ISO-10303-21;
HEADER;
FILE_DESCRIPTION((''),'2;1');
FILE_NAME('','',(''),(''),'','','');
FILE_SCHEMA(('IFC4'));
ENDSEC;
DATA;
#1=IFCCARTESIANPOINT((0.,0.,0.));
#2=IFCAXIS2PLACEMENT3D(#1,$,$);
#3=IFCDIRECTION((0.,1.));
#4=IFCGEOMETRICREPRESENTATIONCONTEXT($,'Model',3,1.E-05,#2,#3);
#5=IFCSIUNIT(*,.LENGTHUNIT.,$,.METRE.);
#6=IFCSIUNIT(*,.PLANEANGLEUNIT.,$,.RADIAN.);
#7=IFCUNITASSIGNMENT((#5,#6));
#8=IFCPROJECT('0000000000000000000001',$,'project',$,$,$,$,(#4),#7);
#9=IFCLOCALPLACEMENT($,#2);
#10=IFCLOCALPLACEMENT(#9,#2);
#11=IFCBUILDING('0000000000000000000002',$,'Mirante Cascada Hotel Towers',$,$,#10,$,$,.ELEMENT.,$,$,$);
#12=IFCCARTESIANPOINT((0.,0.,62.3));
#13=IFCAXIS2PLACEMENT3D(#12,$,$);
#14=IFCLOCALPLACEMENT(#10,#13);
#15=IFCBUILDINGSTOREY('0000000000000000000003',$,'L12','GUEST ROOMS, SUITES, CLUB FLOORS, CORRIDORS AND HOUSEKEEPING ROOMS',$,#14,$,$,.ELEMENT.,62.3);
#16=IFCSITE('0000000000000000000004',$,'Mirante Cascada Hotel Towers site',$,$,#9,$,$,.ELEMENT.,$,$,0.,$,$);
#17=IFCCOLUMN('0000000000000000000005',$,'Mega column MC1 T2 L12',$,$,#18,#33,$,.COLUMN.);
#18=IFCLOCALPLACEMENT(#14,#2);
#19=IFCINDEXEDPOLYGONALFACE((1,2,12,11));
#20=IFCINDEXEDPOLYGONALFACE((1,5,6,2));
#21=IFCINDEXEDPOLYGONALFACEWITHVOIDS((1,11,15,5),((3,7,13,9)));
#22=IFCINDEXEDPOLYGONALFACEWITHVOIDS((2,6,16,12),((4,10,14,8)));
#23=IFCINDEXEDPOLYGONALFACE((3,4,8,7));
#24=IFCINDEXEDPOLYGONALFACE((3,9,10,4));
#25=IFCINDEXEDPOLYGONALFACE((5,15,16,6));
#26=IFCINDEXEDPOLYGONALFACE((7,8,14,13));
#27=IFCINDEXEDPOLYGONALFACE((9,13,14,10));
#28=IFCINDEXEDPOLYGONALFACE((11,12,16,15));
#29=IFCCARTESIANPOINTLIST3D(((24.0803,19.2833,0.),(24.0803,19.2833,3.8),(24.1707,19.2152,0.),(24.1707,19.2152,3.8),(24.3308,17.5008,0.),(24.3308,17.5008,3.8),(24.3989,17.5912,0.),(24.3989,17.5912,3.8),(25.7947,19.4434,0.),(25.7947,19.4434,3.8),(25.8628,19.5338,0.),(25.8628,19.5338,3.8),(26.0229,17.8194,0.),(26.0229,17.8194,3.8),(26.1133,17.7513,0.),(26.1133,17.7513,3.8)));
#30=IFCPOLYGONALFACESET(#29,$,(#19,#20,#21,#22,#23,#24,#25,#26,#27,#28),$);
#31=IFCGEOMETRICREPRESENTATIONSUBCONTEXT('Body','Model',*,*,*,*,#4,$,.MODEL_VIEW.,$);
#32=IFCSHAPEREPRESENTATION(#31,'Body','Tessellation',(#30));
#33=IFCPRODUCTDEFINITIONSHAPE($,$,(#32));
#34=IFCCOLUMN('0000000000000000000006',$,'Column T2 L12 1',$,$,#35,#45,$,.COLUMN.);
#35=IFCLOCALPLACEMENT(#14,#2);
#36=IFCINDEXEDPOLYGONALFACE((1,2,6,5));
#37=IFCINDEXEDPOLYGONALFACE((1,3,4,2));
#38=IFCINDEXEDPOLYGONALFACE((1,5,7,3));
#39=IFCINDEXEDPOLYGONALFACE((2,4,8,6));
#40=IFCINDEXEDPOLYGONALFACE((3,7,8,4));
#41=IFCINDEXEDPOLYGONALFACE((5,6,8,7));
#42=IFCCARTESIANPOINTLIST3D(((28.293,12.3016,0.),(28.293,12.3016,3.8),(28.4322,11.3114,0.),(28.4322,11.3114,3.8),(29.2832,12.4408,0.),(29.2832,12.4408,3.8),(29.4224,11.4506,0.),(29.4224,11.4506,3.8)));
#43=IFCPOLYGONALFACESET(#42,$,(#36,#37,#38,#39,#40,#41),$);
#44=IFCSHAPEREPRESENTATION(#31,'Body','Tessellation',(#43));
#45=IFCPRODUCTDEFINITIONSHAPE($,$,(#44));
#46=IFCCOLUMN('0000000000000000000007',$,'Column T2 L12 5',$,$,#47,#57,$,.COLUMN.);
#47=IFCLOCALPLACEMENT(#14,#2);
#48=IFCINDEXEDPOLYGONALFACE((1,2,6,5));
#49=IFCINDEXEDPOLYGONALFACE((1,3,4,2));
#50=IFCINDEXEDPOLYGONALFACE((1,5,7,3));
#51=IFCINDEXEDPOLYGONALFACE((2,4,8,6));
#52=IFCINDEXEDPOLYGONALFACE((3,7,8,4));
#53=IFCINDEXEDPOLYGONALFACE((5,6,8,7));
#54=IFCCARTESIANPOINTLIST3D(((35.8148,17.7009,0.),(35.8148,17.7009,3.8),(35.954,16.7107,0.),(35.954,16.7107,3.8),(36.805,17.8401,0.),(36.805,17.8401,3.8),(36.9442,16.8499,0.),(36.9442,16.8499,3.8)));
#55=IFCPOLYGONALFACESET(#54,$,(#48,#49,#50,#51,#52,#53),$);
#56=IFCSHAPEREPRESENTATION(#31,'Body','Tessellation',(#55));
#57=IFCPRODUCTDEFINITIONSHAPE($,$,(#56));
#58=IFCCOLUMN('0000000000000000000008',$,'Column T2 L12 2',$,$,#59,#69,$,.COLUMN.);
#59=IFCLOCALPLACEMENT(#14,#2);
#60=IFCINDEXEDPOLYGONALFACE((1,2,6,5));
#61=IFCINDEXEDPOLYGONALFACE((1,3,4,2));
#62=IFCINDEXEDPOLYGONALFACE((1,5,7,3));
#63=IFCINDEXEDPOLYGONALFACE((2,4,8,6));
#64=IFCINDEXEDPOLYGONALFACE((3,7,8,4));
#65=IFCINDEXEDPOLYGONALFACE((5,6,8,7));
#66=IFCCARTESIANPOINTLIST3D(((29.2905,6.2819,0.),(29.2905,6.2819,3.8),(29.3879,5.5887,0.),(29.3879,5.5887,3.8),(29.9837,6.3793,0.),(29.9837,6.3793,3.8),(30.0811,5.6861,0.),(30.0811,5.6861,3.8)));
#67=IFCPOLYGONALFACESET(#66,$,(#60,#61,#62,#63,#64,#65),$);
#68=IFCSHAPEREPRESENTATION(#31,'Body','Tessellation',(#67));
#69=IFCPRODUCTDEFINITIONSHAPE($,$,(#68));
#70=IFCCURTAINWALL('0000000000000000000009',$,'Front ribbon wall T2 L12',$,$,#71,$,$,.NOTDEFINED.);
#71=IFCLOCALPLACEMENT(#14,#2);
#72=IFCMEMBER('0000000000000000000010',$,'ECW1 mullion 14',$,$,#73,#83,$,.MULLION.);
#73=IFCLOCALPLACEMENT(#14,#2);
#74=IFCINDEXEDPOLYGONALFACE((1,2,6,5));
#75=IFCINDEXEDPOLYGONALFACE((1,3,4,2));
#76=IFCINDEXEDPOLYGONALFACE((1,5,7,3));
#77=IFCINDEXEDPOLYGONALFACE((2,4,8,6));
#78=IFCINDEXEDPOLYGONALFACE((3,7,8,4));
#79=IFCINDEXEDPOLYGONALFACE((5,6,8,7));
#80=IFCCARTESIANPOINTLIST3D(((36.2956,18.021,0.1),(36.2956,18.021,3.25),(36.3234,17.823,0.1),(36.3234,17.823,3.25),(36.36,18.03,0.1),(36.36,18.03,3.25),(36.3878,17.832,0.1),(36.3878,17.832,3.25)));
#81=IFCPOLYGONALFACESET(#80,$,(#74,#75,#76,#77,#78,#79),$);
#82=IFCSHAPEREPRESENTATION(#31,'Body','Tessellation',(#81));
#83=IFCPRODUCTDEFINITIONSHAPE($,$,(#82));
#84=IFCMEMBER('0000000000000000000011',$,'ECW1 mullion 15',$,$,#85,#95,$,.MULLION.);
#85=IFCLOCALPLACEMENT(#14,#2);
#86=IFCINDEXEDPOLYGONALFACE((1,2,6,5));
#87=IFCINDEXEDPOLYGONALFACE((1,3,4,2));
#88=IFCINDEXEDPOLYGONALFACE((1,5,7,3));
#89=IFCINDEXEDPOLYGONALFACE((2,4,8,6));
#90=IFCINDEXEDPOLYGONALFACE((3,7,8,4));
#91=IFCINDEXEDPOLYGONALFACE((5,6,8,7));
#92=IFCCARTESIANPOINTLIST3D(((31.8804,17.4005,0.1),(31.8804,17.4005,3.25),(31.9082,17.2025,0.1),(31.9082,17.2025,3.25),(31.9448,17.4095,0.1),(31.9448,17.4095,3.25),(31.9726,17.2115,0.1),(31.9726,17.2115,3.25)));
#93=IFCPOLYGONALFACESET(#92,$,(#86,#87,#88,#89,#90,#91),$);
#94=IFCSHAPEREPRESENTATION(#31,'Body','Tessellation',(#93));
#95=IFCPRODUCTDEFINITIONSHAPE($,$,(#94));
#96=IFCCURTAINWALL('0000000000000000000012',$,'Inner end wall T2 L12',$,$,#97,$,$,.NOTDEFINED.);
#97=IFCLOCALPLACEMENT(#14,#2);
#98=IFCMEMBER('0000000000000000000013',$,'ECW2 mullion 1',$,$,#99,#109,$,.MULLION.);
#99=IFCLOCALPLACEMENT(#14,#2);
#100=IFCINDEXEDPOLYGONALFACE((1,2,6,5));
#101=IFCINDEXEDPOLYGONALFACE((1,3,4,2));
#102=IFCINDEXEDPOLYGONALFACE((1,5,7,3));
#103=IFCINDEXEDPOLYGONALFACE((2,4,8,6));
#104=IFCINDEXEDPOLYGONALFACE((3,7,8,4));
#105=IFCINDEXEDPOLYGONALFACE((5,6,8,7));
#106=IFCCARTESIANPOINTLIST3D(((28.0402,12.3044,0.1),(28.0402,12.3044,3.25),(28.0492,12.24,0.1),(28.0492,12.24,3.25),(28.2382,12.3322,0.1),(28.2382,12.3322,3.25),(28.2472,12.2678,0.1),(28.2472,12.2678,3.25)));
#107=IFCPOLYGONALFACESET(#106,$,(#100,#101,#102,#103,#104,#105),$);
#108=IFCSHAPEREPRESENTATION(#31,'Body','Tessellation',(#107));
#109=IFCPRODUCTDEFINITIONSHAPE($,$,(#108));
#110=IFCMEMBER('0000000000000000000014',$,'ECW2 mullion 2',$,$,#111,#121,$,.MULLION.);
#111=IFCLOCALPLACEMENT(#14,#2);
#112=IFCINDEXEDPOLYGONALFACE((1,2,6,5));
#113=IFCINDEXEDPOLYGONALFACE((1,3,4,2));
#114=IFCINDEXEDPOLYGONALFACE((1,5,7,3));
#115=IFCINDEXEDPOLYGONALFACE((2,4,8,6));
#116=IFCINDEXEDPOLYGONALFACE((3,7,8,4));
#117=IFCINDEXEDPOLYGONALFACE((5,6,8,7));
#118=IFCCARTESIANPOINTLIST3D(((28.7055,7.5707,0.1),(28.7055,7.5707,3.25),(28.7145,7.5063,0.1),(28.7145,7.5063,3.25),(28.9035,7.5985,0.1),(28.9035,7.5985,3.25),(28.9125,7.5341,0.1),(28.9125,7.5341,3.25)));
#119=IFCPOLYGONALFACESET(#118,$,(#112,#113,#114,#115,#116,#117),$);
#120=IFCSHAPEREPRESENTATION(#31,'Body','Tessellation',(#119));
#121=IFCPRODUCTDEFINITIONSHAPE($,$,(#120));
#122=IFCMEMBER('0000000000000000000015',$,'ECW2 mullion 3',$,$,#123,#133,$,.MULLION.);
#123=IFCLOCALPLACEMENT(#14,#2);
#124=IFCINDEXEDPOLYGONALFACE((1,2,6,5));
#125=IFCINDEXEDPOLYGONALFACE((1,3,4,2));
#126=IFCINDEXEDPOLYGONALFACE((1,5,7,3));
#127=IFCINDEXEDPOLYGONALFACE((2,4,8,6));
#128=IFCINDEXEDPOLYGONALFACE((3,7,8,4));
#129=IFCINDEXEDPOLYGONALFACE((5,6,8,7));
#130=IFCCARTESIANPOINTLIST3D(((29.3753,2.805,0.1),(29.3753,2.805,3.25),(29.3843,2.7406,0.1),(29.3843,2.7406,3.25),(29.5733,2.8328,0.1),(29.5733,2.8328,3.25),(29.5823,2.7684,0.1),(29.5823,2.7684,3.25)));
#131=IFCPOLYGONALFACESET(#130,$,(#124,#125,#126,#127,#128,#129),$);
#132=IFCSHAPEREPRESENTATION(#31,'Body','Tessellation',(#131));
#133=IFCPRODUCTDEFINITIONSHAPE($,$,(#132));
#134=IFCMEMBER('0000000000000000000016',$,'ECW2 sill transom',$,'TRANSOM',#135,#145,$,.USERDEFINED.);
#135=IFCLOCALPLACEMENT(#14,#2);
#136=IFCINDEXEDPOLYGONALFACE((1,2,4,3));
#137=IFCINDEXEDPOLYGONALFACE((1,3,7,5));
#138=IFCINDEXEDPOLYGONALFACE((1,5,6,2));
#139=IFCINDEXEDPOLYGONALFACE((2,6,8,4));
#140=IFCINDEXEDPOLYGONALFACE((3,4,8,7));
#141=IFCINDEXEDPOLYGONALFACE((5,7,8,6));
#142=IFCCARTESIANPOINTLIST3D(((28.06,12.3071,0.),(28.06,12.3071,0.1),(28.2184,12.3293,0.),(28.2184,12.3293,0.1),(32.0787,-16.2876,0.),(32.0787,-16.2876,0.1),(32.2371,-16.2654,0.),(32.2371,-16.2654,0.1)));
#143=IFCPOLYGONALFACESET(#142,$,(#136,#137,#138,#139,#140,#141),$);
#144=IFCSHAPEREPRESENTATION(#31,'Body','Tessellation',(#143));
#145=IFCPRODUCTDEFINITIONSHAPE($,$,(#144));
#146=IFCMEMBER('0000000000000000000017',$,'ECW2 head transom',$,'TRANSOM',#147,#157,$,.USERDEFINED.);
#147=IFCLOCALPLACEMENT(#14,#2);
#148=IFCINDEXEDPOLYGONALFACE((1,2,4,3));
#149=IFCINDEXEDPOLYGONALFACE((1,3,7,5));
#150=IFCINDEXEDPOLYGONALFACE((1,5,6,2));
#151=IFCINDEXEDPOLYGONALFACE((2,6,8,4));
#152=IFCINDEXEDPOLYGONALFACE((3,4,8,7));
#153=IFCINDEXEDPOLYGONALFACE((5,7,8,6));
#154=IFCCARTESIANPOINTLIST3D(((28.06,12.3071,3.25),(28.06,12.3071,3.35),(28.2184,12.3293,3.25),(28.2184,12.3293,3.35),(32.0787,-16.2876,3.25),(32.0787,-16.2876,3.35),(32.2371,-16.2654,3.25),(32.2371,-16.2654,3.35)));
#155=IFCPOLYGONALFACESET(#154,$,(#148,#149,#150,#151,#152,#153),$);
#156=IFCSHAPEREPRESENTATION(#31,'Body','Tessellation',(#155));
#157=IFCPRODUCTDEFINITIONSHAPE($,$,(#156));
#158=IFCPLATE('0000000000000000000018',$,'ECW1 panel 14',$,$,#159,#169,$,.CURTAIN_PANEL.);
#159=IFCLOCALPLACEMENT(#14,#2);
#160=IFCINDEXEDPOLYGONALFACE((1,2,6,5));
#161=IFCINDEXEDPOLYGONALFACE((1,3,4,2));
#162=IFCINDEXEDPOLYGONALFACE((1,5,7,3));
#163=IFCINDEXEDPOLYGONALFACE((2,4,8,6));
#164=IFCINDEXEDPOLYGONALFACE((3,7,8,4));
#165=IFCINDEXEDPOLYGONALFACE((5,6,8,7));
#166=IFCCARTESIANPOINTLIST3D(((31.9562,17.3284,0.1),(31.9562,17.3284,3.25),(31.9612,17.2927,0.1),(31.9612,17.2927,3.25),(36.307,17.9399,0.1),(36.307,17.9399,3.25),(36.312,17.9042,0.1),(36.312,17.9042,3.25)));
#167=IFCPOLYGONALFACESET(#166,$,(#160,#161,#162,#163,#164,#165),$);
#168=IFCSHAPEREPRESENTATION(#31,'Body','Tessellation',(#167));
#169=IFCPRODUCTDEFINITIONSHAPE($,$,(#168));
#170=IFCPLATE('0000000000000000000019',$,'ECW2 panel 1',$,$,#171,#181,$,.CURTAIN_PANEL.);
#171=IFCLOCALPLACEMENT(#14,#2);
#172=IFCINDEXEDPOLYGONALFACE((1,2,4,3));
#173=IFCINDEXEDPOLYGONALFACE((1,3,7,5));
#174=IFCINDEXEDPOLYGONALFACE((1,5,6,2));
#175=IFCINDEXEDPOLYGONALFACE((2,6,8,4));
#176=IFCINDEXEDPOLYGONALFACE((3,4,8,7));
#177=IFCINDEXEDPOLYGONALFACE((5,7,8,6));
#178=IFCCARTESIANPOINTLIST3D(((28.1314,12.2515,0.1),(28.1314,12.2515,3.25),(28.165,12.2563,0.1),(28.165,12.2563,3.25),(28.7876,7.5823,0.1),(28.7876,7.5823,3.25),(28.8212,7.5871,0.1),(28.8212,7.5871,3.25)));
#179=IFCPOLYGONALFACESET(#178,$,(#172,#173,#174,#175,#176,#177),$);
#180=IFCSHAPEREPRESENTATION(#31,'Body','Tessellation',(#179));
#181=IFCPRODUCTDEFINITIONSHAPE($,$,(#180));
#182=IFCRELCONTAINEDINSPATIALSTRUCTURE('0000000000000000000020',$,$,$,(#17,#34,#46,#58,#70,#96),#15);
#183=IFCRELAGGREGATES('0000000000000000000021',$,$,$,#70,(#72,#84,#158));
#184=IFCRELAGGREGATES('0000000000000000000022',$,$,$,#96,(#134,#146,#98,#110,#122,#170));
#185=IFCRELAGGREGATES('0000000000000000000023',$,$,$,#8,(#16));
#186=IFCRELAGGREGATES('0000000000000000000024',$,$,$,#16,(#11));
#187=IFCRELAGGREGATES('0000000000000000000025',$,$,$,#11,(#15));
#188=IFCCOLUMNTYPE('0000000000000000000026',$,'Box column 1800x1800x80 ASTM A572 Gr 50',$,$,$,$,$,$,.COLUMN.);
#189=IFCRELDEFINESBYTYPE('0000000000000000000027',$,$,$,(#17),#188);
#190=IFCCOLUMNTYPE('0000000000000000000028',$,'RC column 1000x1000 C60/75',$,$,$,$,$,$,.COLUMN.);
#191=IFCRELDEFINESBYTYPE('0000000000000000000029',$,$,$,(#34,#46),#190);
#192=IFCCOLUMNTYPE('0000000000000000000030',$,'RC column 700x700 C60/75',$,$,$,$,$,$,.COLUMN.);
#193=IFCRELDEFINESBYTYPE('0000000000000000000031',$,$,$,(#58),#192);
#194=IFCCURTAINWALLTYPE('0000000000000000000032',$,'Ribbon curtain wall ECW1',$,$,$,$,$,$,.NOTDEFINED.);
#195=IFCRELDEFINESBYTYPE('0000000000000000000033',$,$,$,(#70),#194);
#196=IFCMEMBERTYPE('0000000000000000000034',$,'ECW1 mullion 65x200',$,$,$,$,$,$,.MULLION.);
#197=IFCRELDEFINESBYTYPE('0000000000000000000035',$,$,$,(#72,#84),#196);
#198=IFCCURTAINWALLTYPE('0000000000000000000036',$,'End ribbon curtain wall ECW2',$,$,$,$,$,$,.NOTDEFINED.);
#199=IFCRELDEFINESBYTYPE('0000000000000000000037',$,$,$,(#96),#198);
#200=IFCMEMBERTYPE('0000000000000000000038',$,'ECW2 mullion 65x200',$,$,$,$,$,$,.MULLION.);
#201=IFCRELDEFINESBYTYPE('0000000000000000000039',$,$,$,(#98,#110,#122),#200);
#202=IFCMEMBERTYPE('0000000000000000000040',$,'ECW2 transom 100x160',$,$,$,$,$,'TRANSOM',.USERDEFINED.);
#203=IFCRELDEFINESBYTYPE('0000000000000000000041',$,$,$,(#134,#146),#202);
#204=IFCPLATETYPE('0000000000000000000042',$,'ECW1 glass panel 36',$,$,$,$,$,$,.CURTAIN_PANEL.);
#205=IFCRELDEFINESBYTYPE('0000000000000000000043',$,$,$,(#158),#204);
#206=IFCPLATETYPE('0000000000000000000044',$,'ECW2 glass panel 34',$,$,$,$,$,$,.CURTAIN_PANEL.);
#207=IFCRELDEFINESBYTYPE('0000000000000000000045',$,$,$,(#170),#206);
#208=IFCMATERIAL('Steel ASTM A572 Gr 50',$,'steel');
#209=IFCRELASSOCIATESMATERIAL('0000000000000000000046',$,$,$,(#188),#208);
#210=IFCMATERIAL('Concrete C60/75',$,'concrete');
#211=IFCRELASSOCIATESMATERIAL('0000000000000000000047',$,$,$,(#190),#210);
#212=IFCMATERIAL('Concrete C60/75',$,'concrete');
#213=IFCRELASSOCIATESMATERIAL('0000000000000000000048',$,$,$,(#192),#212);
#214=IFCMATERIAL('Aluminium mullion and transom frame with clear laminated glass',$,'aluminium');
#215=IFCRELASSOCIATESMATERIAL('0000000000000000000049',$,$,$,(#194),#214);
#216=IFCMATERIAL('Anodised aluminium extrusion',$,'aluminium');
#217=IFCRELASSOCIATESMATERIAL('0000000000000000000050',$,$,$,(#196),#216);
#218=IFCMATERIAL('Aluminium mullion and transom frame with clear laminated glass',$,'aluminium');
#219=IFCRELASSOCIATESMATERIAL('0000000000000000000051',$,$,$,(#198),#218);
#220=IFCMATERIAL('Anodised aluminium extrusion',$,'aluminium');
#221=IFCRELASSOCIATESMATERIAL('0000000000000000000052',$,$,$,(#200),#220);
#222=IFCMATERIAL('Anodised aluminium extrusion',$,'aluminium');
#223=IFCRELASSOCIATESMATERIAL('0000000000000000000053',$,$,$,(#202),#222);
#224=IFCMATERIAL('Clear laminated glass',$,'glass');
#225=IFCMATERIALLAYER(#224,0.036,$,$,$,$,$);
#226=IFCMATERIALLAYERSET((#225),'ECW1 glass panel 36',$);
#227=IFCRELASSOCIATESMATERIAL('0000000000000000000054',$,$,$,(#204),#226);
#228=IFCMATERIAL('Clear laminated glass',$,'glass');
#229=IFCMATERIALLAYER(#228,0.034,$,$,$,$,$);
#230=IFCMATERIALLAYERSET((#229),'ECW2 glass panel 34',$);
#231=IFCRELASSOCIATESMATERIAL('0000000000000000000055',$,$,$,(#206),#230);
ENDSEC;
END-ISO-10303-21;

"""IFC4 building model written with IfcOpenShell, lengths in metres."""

from ifc_helpers import new_model, si_unit, direction, frame, origin, origin_2d, place, context, subcontext, project, spatial, rectangle, hollow_rectangle, extrude, material, layer, layer_set, material_profile, profile_set, type_object, element, aggregate, save


model = new_model("IFC4")

# Units and contexts
model_context = context("Model", 3, precision=1e-05, world=origin(), true_north=direction((0.0, 1.0)))
body_context = subcontext(model_context, "Body", "Model", "MODEL_VIEW")
ifc_project = project(units=[si_unit("LENGTHUNIT", "METRE"), si_unit("PLANEANGLEUNIT", "RADIAN")], contexts=[model_context])

# Site, building, storey
site_placement = place(None, origin())
site = spatial("IfcSite", under=ifc_project, at=site_placement, Name="Mirante Cascada Hotel Towers site", CompositionType="ELEMENT", RefElevation=0.0)
building_placement = place(site_placement, origin())
building = spatial("IfcBuilding", under=site, at=building_placement, Name="Mirante Cascada Hotel Towers", CompositionType="ELEMENT")
storey_placement = place(building_placement, frame((0.0, 0.0, 62.3)))
storey = spatial("IfcBuildingStorey", under=building, at=storey_placement, Name="L12", Description="GUEST ROOMS, SUITES, CLUB FLOORS, CORRIDORS AND HOUSEKEEPING ROOMS", CompositionType="ELEMENT", Elevation=62.3)

# Columns
ifc_material_1 = material(Name="Steel ASTM A572 Gr 50", Category="steel")
ifc_material_profile_1 = material_profile(ifc_material_1, hollow_rectangle(XDim=1.8, YDim=1.8, WallThickness=0.08, at=origin_2d()), Name="Box column 1800x1800x80 ASTM A572 Gr 50")
ifc_profile_set_1 = profile_set([ifc_material_profile_1], Name="Steel ASTM A572 Gr 50")
column_type_1 = type_object("IfcColumnType", Name="Box column 1800x1800x80 ASTM A572 Gr 50", PredefinedType="COLUMN", material=ifc_profile_set_1)
column_1_placement = place(storey_placement, frame((25.0968, 18.5173, 0.0), z_axis=(0.0, 0.0, 1.0), x_axis=(0.990268, 0.139173, 0.0)))
element("IfcColumn", 1, at=column_1_placement, inside=storey, type_object=column_type_1, Name="Mega column MC1 T2 L12", PredefinedType="COLUMN", context=body_context, shape_type="SweptSolid", body=[
    extrude(hollow_rectangle(XDim=1.8, YDim=1.8, WallThickness=0.08, at=origin_2d()), origin(), (0.0, 0.0, 1.0), 3.8),
])
ifc_material_2 = material(Name="Concrete C60/75", Category="concrete")
ifc_material_profile_2 = material_profile(ifc_material_2, rectangle(XDim=1.0, YDim=1.0, at=origin_2d()), Name="RC column 1000x1000 C60/75")
ifc_profile_set_2 = profile_set([ifc_material_profile_2], Name="Concrete C60/75")
column_type_2 = type_object("IfcColumnType", Name="RC column 1000x1000 C60/75", PredefinedType="COLUMN", material=ifc_profile_set_2)
for number, where, z_axis, x_axis, name in (
    (2, (28.8577, 11.8761, 0.0), (0.0, 0.0, 1.0), (0.990268, 0.139173, 0.0), "Column T2 L12 1"),
    (3, (36.3795, 17.2754, 0.0), (0.0, 0.0, 1.0), (0.990268, 0.139173, 0.0), "Column T2 L12 5"),
):
    element("IfcColumn", number, at=place(storey_placement, frame(where, z_axis=z_axis, x_axis=x_axis)), inside=storey, type_object=column_type_2, Name=name, PredefinedType="COLUMN", context=body_context, shape_type="SweptSolid", body=[
        extrude(rectangle(XDim=1.0, YDim=1.0, at=origin_2d()), origin(), (0.0, 0.0, 1.0), 3.8),
    ])
ifc_material_3 = material(Name="Concrete C60/75", Category="concrete")
ifc_material_profile_3 = material_profile(ifc_material_3, rectangle(XDim=0.7, YDim=0.7, at=origin_2d()), Name="RC column 700x700 C60/75")
ifc_profile_set_3 = profile_set([ifc_material_profile_3], Name="Concrete C60/75")
column_type_3 = type_object("IfcColumnType", Name="RC column 700x700 C60/75", PredefinedType="COLUMN", material=ifc_profile_set_3)
column_2_placement = place(storey_placement, frame((29.6858, 5.984, 0.0), z_axis=(0.0, 0.0, 1.0), x_axis=(0.990268, 0.139173, 0.0)))
element("IfcColumn", 4, at=column_2_placement, inside=storey, type_object=column_type_3, Name="Column T2 L12 2", PredefinedType="COLUMN", context=body_context, shape_type="SweptSolid", body=[
    extrude(rectangle(XDim=0.7, YDim=0.7, at=origin_2d()), origin(), (0.0, 0.0, 1.0), 3.8),
])

# Curtain walls, members
ifc_material_4 = material(Name="Aluminium mullion and transom frame with clear laminated glass", Category="aluminium")
curtain_wall_type_1 = type_object("IfcCurtainWallType", Name="Ribbon curtain wall ECW1", PredefinedType="NOTDEFINED", material=ifc_material_4)
curtain_wall_1_placement = place(storey_placement, origin())
curtain_wall_1 = element("IfcCurtainWall", 5, at=curtain_wall_1_placement, inside=storey, type_object=curtain_wall_type_1, Name="Front ribbon wall T2 L12", PredefinedType="NOTDEFINED")
ifc_material_5 = material(Name="Anodised aluminium extrusion", Category="aluminium")
ifc_material_profile_4 = material_profile(ifc_material_5, rectangle(XDim=0.2, YDim=0.065, at=origin_2d()), Name="ECW1 MULLION 65x200")
ifc_profile_set_4 = profile_set([ifc_material_profile_4], Name="Anodised aluminium extrusion")
member_type_1 = type_object("IfcMemberType", Name="ECW1 mullion 65x200", PredefinedType="MULLION", material=ifc_profile_set_4)
member_1_placement = place(storey_placement, frame((36.3417, 17.9265, 0.1), z_axis=(0.0, 0.0, 1.0), x_axis=(0.139173, -0.990268, 0.0)))
member_1 = element("IfcMember", 6, at=member_1_placement, type_object=member_type_1, Name="ECW1 mullion 14", PredefinedType="MULLION", context=body_context, shape_type="SweptSolid", body=[
    extrude(rectangle(XDim=0.2, YDim=0.065, at=origin_2d()), origin(), (0.0, 0.0, 1.0), 3.15),
])
member_2_placement = place(storey_placement, frame((31.9265, 17.306, 0.1), z_axis=(0.0, 0.0, 1.0), x_axis=(0.139173, -0.990268, 0.0)))
member_2 = element("IfcMember", 7, at=member_2_placement, type_object=member_type_1, Name="ECW1 mullion 15", PredefinedType="MULLION", context=body_context, shape_type="SweptSolid", body=[
    extrude(rectangle(XDim=0.2, YDim=0.065, at=origin_2d()), origin(), (0.0, 0.0, 1.0), 3.15),
])
ifc_material_6 = material(Name="Aluminium mullion and transom frame with clear laminated glass", Category="aluminium")
curtain_wall_type_2 = type_object("IfcCurtainWallType", Name="End ribbon curtain wall ECW2", PredefinedType="NOTDEFINED", material=ifc_material_6)
curtain_wall_2_placement = place(storey_placement, origin())
curtain_wall_2 = element("IfcCurtainWall", 8, at=curtain_wall_2_placement, inside=storey, type_object=curtain_wall_type_2, Name="Inner end wall T2 L12", PredefinedType="NOTDEFINED")
ifc_material_7 = material(Name="Anodised aluminium extrusion", Category="aluminium")
ifc_material_profile_5 = material_profile(ifc_material_7, rectangle(XDim=0.2, YDim=0.065, at=origin_2d()), Name="ECW2 MULLION 65x200")
ifc_profile_set_5 = profile_set([ifc_material_profile_5], Name="Anodised aluminium extrusion")
member_type_2 = type_object("IfcMemberType", Name="ECW2 mullion 65x200", PredefinedType="MULLION", material=ifc_profile_set_5)
member_3_placement = place(storey_placement, frame((28.1437, 12.2861, 0.1), z_axis=(0.0, 0.0, 1.0), x_axis=(0.990268, 0.139173, 0.0)))
member_3 = element("IfcMember", 9, at=member_3_placement, type_object=member_type_2, Name="ECW2 mullion 1", PredefinedType="MULLION", context=body_context, shape_type="SweptSolid", body=[
    extrude(rectangle(XDim=0.2, YDim=0.065, at=origin_2d()), origin(), (0.0, 0.0, 1.0), 3.15),
])
member_4_placement = place(storey_placement, frame((28.809, 7.5524, 0.1), z_axis=(0.0, 0.0, 1.0), x_axis=(0.990268, 0.139173, 0.0)))
member_4 = element("IfcMember", 10, at=member_4_placement, type_object=member_type_2, Name="ECW2 mullion 2", PredefinedType="MULLION", context=body_context, shape_type="SweptSolid", body=[
    extrude(rectangle(XDim=0.2, YDim=0.065, at=origin_2d()), origin(), (0.0, 0.0, 1.0), 3.15),
])
member_5_placement = place(storey_placement, frame((29.4788, 2.7867, 0.1), z_axis=(0.0, 0.0, 1.0), x_axis=(0.990268, 0.139173, 0.0)))
member_5 = element("IfcMember", 11, at=member_5_placement, type_object=member_type_2, Name="ECW2 mullion 3", PredefinedType="MULLION", context=body_context, shape_type="SweptSolid", body=[
    extrude(rectangle(XDim=0.2, YDim=0.065, at=origin_2d()), origin(), (0.0, 0.0, 1.0), 3.15),
])
ifc_material_8 = material(Name="Anodised aluminium extrusion", Category="aluminium")
ifc_material_profile_6 = material_profile(ifc_material_8, rectangle(XDim=0.16, YDim=0.1, at=origin_2d()), Name="ECW2 TRANSOM 100x160")
ifc_profile_set_6 = profile_set([ifc_material_profile_6], Name="Anodised aluminium extrusion")
member_type_3 = type_object("IfcMemberType", Name="ECW2 transom 100x160", ElementType="TRANSOM", PredefinedType="USERDEFINED", material=ifc_profile_set_6)
member_6_placement = place(storey_placement, frame((28.1392, 12.3182, 0.05), z_axis=(0.139172, -0.990268, 0.0), x_axis=(0.990268, 0.139172, 0.0)))
member_6 = element("IfcMember", 12, at=member_6_placement, type_object=member_type_3, Name="ECW2 sill transom", ObjectType="TRANSOM", PredefinedType="USERDEFINED", context=body_context, shape_type="SweptSolid", body=[
    extrude(rectangle(XDim=0.16, YDim=0.1, at=origin_2d()), origin(), (0.0, 0.0, 1.0), 28.8757),
])
member_7_placement = place(storey_placement, frame((28.1392, 12.3182, 3.3), z_axis=(0.139172, -0.990268, 0.0), x_axis=(0.990268, 0.139172, 0.0)))
member_7 = element("IfcMember", 13, at=member_7_placement, type_object=member_type_3, Name="ECW2 head transom", ObjectType="TRANSOM", PredefinedType="USERDEFINED", context=body_context, shape_type="SweptSolid", body=[
    extrude(rectangle(XDim=0.16, YDim=0.1, at=origin_2d()), origin(), (0.0, 0.0, 1.0), 28.8757),
])

# Plates
ifc_material_9 = material(Name="Clear laminated glass", Category="glass")
ifc_layer_1 = layer(ifc_material_9, 0.036)
ifc_layer_set_1 = layer_set([ifc_layer_1], Name="ECW1 glass panel 36")
plate_type_1 = type_object("IfcPlateType", Name="ECW1 glass panel 36", PredefinedType="CURTAIN_PANEL", material=ifc_layer_set_1)
plate_1_placement = place(storey_placement, frame((34.1341, 17.6163, 0.1), z_axis=(0.0, 0.0, 1.0), x_axis=(-0.990268, -0.139173, 0.0)))
plate_1 = element("IfcPlate", 14, at=plate_1_placement, type_object=plate_type_1, Name="ECW1 panel 14", PredefinedType="CURTAIN_PANEL", context=body_context, shape_type="SweptSolid", body=[
    extrude(rectangle(XDim=4.3936, YDim=0.036, at=origin_2d()), origin(), (0.0, 0.0, 1.0), 3.15),
])
aggregate(curtain_wall_1, [member_1, member_2, plate_1])
ifc_material_10 = material(Name="Clear laminated glass", Category="glass")
ifc_layer_2 = layer(ifc_material_10, 0.034)
ifc_layer_set_2 = layer_set([ifc_layer_2], Name="ECW2 glass panel 34")
plate_type_2 = type_object("IfcPlateType", Name="ECW2 glass panel 34", PredefinedType="CURTAIN_PANEL", material=ifc_layer_set_2)
plate_2_placement = place(storey_placement, frame((28.4763, 9.9193, 0.1), z_axis=(0.0, 0.0, 1.0), x_axis=(0.139173, -0.990268, 0.0)))
plate_2 = element("IfcPlate", 15, at=plate_2_placement, type_object=plate_type_2, Name="ECW2 panel 1", PredefinedType="CURTAIN_PANEL", context=body_context, shape_type="SweptSolid", body=[
    extrude(rectangle(XDim=4.7151, YDim=0.034, at=origin_2d()), origin(), (0.0, 0.0, 1.0), 3.15),
])
aggregate(curtain_wall_2, [member_6, member_7, member_3, member_4, member_5, plate_2])

save(model, "model.ifc")
